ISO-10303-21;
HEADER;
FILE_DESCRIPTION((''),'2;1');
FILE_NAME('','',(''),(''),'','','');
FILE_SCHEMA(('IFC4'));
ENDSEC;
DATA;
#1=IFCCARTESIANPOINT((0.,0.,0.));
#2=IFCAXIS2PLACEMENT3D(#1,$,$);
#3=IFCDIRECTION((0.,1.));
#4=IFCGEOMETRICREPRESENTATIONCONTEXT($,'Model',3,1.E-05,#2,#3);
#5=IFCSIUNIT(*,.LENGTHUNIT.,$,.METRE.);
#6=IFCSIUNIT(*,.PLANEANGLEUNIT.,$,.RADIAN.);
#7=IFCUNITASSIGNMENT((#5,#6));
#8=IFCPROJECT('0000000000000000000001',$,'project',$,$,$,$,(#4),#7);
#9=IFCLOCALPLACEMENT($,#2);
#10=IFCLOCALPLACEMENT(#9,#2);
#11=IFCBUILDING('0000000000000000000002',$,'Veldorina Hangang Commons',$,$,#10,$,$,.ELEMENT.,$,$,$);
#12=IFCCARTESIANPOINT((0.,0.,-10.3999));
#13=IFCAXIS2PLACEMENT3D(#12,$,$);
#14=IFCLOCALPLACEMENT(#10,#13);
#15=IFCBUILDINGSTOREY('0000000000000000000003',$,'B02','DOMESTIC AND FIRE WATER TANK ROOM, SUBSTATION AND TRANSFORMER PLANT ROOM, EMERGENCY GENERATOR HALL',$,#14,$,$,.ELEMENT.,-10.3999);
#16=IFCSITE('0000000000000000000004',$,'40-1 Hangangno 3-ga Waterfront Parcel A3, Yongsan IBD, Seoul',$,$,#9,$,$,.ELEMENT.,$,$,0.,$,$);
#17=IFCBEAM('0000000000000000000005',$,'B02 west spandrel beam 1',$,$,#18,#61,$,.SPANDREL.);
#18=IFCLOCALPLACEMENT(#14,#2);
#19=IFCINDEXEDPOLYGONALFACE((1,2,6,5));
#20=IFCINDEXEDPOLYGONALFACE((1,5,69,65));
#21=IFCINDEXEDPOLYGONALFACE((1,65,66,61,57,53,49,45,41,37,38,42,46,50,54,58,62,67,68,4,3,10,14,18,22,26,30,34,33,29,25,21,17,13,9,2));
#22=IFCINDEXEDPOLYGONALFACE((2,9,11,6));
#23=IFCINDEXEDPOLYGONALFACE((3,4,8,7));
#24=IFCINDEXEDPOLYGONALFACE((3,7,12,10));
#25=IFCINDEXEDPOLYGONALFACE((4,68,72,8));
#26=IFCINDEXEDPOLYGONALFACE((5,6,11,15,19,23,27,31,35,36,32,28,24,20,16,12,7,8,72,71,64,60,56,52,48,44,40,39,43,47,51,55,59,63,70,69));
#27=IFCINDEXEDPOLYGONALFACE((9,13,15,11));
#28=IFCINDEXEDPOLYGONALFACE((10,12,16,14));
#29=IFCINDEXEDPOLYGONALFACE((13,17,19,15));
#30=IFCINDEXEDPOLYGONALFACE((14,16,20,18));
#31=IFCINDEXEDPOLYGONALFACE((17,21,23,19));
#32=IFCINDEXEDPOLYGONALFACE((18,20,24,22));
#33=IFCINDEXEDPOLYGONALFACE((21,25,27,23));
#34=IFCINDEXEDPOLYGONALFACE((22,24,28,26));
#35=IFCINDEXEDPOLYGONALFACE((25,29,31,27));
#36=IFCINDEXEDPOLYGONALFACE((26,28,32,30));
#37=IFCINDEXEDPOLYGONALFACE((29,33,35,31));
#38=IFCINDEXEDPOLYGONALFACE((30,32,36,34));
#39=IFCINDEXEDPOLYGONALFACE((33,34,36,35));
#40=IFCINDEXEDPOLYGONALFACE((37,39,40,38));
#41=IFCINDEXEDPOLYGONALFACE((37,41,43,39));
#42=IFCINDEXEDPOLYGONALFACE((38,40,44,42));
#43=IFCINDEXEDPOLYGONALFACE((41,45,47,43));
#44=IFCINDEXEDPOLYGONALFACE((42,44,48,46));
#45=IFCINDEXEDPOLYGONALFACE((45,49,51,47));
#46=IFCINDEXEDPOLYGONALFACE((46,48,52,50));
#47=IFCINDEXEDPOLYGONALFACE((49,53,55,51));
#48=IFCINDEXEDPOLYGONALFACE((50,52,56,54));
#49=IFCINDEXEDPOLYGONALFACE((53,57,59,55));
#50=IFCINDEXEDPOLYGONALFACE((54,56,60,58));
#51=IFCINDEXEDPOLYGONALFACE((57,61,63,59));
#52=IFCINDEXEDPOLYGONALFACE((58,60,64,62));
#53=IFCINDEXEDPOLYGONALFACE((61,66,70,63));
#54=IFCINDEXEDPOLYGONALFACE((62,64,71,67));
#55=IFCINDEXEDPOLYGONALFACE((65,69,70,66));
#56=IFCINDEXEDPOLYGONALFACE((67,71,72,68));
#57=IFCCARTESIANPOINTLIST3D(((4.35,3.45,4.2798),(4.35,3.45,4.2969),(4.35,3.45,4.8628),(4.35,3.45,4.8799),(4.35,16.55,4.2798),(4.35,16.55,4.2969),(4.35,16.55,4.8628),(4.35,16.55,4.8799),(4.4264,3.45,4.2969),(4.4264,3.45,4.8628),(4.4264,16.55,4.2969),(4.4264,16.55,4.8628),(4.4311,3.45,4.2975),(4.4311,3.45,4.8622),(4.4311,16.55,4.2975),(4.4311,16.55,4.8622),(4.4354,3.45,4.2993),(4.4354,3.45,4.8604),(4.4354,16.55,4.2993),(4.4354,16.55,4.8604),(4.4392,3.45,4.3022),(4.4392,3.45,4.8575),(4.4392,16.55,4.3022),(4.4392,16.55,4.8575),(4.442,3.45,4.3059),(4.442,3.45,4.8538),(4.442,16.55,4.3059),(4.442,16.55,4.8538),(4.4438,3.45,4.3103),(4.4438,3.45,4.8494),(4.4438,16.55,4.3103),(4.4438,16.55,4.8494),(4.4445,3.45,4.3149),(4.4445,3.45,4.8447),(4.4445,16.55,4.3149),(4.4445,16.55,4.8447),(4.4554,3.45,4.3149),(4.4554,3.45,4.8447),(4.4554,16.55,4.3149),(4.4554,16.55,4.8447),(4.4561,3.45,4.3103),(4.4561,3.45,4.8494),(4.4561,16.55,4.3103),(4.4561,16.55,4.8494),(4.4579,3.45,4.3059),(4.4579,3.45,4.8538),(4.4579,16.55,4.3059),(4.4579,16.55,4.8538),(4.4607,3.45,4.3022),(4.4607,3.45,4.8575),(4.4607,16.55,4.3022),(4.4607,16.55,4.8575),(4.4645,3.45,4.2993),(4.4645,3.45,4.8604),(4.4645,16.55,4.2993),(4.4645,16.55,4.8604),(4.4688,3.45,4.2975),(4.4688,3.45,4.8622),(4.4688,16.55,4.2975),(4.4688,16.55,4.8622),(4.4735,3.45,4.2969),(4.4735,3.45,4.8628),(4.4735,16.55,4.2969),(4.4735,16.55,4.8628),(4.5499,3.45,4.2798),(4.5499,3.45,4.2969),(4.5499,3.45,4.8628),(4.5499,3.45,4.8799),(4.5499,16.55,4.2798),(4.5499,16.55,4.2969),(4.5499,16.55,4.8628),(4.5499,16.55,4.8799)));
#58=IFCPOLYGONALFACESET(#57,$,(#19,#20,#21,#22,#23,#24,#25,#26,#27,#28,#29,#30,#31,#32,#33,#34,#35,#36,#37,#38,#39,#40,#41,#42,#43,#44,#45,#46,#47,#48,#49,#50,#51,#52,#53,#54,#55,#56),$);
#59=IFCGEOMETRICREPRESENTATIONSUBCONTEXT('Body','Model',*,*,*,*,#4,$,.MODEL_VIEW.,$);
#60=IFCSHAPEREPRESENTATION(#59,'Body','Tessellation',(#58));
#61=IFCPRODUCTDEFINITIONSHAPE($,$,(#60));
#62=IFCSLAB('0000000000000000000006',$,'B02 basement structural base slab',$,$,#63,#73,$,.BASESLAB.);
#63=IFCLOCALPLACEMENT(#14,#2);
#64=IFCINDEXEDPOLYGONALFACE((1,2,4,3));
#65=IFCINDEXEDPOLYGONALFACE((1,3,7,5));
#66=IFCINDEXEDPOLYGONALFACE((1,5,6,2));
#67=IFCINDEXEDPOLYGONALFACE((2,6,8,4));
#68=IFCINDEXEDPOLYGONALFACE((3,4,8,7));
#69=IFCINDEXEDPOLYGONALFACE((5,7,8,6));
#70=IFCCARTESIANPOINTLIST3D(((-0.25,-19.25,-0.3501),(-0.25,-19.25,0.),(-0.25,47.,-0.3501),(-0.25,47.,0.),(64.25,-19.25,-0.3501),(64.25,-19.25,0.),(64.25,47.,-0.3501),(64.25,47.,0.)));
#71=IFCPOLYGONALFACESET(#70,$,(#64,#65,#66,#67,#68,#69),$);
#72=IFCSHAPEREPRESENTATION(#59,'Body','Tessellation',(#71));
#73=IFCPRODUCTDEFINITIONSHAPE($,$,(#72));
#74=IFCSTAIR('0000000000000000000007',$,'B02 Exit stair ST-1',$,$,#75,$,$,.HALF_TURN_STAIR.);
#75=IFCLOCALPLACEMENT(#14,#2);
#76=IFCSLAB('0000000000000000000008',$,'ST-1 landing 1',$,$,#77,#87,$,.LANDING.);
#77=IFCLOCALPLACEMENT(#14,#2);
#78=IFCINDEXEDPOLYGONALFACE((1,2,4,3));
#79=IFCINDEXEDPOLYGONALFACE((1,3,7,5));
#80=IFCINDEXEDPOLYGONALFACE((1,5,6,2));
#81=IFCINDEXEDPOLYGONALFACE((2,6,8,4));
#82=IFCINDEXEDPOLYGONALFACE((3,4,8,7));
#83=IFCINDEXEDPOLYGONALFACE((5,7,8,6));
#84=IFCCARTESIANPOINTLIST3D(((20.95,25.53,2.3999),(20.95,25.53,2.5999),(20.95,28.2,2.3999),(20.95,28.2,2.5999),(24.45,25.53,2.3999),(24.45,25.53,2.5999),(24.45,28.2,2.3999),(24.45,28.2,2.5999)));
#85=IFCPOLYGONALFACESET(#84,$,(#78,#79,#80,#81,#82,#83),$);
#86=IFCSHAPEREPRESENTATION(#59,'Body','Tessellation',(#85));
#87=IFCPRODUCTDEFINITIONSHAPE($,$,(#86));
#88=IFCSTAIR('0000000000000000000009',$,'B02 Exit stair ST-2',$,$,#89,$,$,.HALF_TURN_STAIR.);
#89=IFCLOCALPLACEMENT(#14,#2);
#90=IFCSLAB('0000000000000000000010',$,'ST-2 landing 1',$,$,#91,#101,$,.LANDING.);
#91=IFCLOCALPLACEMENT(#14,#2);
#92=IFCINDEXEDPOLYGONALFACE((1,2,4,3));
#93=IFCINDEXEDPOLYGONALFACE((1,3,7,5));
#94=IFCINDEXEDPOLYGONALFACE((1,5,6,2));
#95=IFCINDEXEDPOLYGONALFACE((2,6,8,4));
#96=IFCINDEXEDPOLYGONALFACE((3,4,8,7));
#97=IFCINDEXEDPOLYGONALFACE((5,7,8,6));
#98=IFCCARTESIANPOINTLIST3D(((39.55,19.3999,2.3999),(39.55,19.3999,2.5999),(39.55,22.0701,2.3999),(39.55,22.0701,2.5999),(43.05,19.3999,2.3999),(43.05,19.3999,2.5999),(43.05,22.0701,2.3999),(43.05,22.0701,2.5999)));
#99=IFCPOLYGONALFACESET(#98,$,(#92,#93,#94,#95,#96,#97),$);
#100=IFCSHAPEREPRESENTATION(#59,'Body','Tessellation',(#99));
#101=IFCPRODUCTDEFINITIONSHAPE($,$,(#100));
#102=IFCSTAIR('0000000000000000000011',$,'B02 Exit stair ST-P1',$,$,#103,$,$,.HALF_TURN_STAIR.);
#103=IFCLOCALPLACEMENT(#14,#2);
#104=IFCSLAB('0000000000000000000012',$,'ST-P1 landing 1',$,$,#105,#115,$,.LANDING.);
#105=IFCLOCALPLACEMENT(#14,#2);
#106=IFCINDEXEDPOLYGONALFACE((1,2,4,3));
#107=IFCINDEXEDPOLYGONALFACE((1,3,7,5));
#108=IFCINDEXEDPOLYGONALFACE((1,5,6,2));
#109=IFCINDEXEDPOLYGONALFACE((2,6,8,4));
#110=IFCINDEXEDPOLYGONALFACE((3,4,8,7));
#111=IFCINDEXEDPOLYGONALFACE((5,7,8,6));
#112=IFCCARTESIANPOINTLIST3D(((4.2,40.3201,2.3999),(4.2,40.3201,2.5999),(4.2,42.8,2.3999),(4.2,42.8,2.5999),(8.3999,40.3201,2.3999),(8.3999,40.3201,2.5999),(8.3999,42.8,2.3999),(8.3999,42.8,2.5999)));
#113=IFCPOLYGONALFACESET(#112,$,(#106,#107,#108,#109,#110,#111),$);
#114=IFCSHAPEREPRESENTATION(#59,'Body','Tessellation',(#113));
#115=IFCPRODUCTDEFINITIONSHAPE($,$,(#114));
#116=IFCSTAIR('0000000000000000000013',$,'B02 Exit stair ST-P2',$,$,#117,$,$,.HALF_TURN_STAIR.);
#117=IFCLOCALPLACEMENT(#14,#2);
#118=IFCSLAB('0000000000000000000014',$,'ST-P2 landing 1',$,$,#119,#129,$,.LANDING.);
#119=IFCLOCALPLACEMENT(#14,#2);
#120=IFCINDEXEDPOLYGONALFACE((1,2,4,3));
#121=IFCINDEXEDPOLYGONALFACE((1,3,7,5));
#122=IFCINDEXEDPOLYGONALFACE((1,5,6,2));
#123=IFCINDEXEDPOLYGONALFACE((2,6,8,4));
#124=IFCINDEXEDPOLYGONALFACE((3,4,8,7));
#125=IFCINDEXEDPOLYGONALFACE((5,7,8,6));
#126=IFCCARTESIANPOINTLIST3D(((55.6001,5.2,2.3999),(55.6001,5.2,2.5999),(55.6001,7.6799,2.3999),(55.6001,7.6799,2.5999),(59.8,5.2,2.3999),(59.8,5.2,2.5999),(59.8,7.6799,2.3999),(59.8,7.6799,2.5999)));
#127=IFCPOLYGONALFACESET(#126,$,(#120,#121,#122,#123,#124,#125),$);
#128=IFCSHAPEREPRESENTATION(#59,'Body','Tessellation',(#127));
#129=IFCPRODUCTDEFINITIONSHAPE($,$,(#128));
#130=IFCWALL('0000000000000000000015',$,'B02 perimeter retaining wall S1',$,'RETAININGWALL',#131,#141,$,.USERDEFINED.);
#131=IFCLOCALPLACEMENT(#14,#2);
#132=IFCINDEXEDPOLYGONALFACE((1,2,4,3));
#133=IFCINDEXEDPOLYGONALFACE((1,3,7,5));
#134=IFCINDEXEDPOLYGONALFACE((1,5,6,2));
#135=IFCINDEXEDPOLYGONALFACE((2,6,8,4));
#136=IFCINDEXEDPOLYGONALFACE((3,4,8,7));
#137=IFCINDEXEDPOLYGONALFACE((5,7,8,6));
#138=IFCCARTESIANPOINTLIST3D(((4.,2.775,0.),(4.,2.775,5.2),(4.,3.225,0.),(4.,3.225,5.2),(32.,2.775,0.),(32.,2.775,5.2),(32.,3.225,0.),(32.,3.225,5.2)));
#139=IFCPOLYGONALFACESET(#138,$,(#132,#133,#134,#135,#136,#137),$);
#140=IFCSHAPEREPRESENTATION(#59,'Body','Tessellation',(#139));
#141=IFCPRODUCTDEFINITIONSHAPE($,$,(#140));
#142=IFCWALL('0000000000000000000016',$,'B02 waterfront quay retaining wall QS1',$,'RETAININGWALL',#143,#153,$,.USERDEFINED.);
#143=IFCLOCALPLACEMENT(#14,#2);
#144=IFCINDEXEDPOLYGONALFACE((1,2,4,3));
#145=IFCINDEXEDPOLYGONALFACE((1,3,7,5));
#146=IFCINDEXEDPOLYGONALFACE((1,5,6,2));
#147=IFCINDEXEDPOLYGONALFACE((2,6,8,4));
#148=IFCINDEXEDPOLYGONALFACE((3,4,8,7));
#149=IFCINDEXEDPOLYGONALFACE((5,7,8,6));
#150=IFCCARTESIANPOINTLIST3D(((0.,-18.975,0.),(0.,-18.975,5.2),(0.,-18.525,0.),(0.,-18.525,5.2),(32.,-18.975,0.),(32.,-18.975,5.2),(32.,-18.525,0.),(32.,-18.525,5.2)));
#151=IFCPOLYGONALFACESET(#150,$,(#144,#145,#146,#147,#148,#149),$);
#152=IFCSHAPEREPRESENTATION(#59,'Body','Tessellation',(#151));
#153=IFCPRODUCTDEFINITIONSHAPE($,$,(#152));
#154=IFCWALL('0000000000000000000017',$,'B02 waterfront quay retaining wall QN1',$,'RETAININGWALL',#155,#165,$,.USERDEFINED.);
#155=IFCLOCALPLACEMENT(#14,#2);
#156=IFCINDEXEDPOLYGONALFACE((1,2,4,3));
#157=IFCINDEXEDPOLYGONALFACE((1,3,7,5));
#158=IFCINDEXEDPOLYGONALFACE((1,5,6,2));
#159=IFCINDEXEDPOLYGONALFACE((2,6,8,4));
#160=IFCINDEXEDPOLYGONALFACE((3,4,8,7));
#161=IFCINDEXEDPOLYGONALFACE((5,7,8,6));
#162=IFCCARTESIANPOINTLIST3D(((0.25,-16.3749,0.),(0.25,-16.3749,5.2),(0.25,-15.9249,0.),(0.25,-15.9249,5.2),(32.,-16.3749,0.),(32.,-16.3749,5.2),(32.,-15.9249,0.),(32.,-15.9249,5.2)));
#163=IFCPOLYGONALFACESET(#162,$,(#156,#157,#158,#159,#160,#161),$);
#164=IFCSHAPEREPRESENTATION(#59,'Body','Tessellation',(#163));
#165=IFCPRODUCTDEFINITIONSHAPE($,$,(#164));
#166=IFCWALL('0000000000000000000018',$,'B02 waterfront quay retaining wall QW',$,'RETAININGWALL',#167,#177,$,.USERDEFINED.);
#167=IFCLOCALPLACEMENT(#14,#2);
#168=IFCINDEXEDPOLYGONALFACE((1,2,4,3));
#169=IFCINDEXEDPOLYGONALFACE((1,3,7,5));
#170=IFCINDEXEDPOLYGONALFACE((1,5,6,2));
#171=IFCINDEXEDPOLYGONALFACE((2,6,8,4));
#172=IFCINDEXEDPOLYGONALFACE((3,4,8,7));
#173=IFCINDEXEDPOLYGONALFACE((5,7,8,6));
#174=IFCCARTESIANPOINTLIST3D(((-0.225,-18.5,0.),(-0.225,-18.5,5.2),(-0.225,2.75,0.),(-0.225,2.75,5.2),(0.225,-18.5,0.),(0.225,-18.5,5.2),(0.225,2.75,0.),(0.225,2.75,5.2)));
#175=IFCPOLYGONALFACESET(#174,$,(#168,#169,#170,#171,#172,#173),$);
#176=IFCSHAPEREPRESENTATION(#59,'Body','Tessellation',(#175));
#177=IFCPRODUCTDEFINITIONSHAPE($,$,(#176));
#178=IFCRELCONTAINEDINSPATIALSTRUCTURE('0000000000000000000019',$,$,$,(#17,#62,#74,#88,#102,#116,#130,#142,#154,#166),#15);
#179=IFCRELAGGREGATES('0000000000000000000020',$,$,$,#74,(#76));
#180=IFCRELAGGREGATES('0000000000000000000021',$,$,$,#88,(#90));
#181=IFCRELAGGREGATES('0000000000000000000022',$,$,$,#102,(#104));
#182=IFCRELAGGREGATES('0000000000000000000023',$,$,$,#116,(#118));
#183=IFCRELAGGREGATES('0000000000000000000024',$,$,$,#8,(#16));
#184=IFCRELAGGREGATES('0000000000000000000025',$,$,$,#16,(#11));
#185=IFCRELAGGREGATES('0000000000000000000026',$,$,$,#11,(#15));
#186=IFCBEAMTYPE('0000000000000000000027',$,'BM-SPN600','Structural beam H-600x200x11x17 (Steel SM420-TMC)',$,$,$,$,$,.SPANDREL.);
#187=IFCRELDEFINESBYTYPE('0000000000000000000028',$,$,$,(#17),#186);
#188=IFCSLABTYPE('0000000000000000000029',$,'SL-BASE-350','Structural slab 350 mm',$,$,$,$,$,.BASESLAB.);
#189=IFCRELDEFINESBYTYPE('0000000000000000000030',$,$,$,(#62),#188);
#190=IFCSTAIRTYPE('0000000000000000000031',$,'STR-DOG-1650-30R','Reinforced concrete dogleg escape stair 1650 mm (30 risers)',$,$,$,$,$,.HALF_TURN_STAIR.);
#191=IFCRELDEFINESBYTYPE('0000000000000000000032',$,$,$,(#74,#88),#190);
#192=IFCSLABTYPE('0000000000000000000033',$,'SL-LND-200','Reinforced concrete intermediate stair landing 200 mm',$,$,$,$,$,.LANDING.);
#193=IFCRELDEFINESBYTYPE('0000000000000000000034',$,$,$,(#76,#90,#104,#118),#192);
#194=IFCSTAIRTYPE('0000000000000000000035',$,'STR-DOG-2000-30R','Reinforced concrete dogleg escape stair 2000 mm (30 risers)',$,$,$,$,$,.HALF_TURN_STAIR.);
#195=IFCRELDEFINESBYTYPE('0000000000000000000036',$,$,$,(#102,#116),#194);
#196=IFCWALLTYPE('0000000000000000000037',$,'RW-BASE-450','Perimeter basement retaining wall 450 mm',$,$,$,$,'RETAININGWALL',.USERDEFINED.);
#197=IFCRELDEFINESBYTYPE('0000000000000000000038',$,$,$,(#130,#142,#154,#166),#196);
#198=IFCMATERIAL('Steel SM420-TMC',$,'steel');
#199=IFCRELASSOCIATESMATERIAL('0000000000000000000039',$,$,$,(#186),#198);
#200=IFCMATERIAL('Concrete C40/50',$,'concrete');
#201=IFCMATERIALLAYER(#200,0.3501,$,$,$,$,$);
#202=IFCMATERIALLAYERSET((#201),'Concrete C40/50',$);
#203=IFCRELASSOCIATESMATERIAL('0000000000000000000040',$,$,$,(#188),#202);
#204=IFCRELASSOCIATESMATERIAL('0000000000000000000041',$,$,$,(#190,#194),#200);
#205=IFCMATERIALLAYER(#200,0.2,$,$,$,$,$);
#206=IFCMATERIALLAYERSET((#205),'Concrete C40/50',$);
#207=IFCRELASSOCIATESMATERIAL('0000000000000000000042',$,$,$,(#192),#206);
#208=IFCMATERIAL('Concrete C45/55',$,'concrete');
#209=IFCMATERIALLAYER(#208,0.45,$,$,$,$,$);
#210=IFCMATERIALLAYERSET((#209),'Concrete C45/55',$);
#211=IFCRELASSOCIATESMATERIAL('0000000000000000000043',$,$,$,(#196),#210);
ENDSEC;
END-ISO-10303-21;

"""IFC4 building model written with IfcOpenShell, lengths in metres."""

from ifc_helpers import new_model, si_unit, direction, frame, frame_2d, origin, origin_2d, place, context, subcontext, project, spatial, polyline, rectangle, i_section, outline, extrude, material, layer, layer_set, material_profile, profile_set, type_object, element, aggregate, save


model = new_model("IFC4")

# Units and contexts
model_context = context("Model", 3, precision=1e-05, world=origin(), true_north=direction((0.0, 1.0)))
body_context = subcontext(model_context, "Body", "Model", "MODEL_VIEW")
ifc_project = project(units=[si_unit("LENGTHUNIT", "METRE"), si_unit("PLANEANGLEUNIT", "RADIAN")], contexts=[model_context])

# Site, building, storey
site_placement = place(None, origin())
site = spatial("IfcSite", under=ifc_project, at=site_placement, Name="40-1 Hangangno 3-ga Waterfront Parcel A3, Yongsan IBD, Seoul", CompositionType="ELEMENT", RefElevation=0.0)
building_placement = place(site_placement, origin())
building = spatial("IfcBuilding", under=site, at=building_placement, Name="Veldorina Hangang Commons", CompositionType="ELEMENT")
storey_placement = place(building_placement, frame((0.0, 0.0, -10.3999)))
storey = spatial("IfcBuildingStorey", under=building, at=storey_placement, Name="B02", Description="DOMESTIC AND FIRE WATER TANK ROOM, SUBSTATION AND TRANSFORMER PLANT ROOM, EMERGENCY GENERATOR HALL", CompositionType="ELEMENT", Elevation=-10.3999)

# Shared definitions
ifc_material_1 = material(Name="Concrete C45/55", Category="concrete")

# Beam
ifc_material_2 = material(Name="Steel SM420-TMC", Category="steel")
ifc_material_profile_1 = material_profile(ifc_material_2, i_section(OverallWidth=0.2, OverallDepth=0.6001, WebThickness=0.011, FlangeThickness=0.0171, FilletRadius=0.0181, at=origin_2d()), Name="H-600x200x11x17")
ifc_profile_set_1 = profile_set([ifc_material_profile_1], Name="Steel SM420-TMC")
beam_type = type_object("IfcBeamType", Name="BM-SPN600", Description="Structural beam H-600x200x11x17 (Steel SM420-TMC)", PredefinedType="SPANDREL", material=ifc_profile_set_1)
beam_1_placement = place(storey_placement, frame((4.45, 3.45, 4.5798), z_axis=(0.0, 1.0, 0.0), x_axis=(-1.0, 0.0, 0.0)))
element("IfcBeam", 1, at=beam_1_placement, inside=storey, type_object=beam_type, Name="B02 west spandrel beam 1", PredefinedType="SPANDREL", context=body_context, shape_type="SweptSolid", body=[
    extrude(i_section(OverallWidth=0.2, OverallDepth=0.6001, WebThickness=0.011, FlangeThickness=0.0171, FilletRadius=0.0181, at=origin_2d()), origin(), (0.0, 0.0, 1.0), 13.1001),
])

# Slab
ifc_material_3 = material(Name="Concrete C40/50", Category="concrete")
ifc_layer_1 = layer(ifc_material_3, 0.3501)
ifc_layer_set_1 = layer_set([ifc_layer_1], Name="Concrete C40/50")
slab_type_1 = type_object("IfcSlabType", Name="SL-BASE-350", Description="Structural slab 350 mm", PredefinedType="BASESLAB", material=ifc_layer_set_1)
slab_1_placement = place(storey_placement, frame((0.0, 0.0, -0.3501)))
element("IfcSlab", 2, at=slab_1_placement, inside=storey, type_object=slab_type_1, Name="B02 basement structural base slab", PredefinedType="BASESLAB", context=body_context, shape_type="SweptSolid", body=[
    extrude(outline(polyline([(-0.25, -19.25), (64.25, -19.25), (64.25, 47.0), (-0.25, 47.0), (-0.25, -19.25)])), origin(), (0.0, 0.0, 1.0), 0.3501),
])

# Stairs, slabs
stair_type_1 = type_object("IfcStairType", Name="STR-DOG-1650-30R", Description="Reinforced concrete dogleg escape stair 1650 mm (30 risers)", PredefinedType="HALF_TURN_STAIR", material=ifc_material_3)
stair_1_placement = place(storey_placement, origin())
stair_1 = element("IfcStair", 3, at=stair_1_placement, inside=storey, type_object=stair_type_1, Name="B02 Exit stair ST-1", PredefinedType="HALF_TURN_STAIR")
ifc_layer_2 = layer(ifc_material_3, 0.2)
ifc_layer_set_2 = layer_set([ifc_layer_2], Name="Concrete C40/50")
slab_type_2 = type_object("IfcSlabType", Name="SL-LND-200", Description="Reinforced concrete intermediate stair landing 200 mm", PredefinedType="LANDING", material=ifc_layer_set_2)
slab_2_placement = place(storey_placement, frame((0.0, 0.0, 2.3999)))
slab_2 = element("IfcSlab", 4, at=slab_2_placement, type_object=slab_type_2, Name="ST-1 landing 1", PredefinedType="LANDING", context=body_context, shape_type="SweptSolid", body=[
    extrude(outline(polyline([(24.45, 25.53), (24.45, 28.2), (20.95, 28.2), (20.95, 25.53), (24.45, 25.53)])), origin(), (0.0, 0.0, 1.0), 0.2),
])
aggregate(stair_1, [slab_2])
stair_2_placement = place(storey_placement, origin())
stair_2 = element("IfcStair", 5, at=stair_2_placement, inside=storey, type_object=stair_type_1, Name="B02 Exit stair ST-2", PredefinedType="HALF_TURN_STAIR")
slab_3_placement = place(storey_placement, frame((0.0, 0.0, 2.3999)))
slab_3 = element("IfcSlab", 6, at=slab_3_placement, type_object=slab_type_2, Name="ST-2 landing 1", PredefinedType="LANDING", context=body_context, shape_type="SweptSolid", body=[
    extrude(outline(polyline([(39.55, 22.0701), (39.55, 19.3999), (43.05, 19.3999), (43.05, 22.0701), (39.55, 22.0701)])), origin(), (0.0, 0.0, 1.0), 0.2),
])
aggregate(stair_2, [slab_3])
stair_type_2 = type_object("IfcStairType", Name="STR-DOG-2000-30R", Description="Reinforced concrete dogleg escape stair 2000 mm (30 risers)", PredefinedType="HALF_TURN_STAIR", material=ifc_material_3)
stair_3_placement = place(storey_placement, origin())
stair_3 = element("IfcStair", 7, at=stair_3_placement, inside=storey, type_object=stair_type_2, Name="B02 Exit stair ST-P1", PredefinedType="HALF_TURN_STAIR")
slab_4_placement = place(storey_placement, frame((0.0, 0.0, 2.3999)))
slab_4 = element("IfcSlab", 8, at=slab_4_placement, type_object=slab_type_2, Name="ST-P1 landing 1", PredefinedType="LANDING", context=body_context, shape_type="SweptSolid", body=[
    extrude(outline(polyline([(8.3999, 40.3201), (8.3999, 42.8), (4.2, 42.8), (4.2, 40.3201), (8.3999, 40.3201)])), origin(), (0.0, 0.0, 1.0), 0.2),
])
aggregate(stair_3, [slab_4])
stair_4_placement = place(storey_placement, origin())
stair_4 = element("IfcStair", 9, at=stair_4_placement, inside=storey, type_object=stair_type_2, Name="B02 Exit stair ST-P2", PredefinedType="HALF_TURN_STAIR")
slab_5_placement = place(storey_placement, frame((0.0, 0.0, 2.3999)))
slab_5 = element("IfcSlab", 10, at=slab_5_placement, type_object=slab_type_2, Name="ST-P2 landing 1", PredefinedType="LANDING", context=body_context, shape_type="SweptSolid", body=[
    extrude(outline(polyline([(55.6001, 7.6799), (55.6001, 5.2), (59.8, 5.2), (59.8, 7.6799), (55.6001, 7.6799)])), origin(), (0.0, 0.0, 1.0), 0.2),
])
aggregate(stair_4, [slab_5])

# Walls
ifc_layer_3 = layer(ifc_material_1, 0.45)
ifc_layer_set_3 = layer_set([ifc_layer_3], Name="Concrete C45/55")
wall_type = type_object("IfcWallType", Name="RW-BASE-450", Description="Perimeter basement retaining wall 450 mm", ElementType="RETAININGWALL", PredefinedType="USERDEFINED", material=ifc_layer_set_3)
wall_1_placement = place(storey_placement, frame((4.0, 3.0, 0.0), z_axis=(0.0, 0.0, 1.0), x_axis=(1.0, 0.0, 0.0)))
element("IfcWall", 11, at=wall_1_placement, inside=storey, type_object=wall_type, Name="B02 perimeter retaining wall S1", ObjectType="RETAININGWALL", PredefinedType="USERDEFINED", context=body_context, shape_type="SweptSolid", body=[
    extrude(rectangle(XDim=28.0, YDim=0.45, at=frame_2d((14.0, 0.0))), origin(), (0.0, 0.0, 1.0), 5.2),
])
wall_2_placement = place(storey_placement, frame((0.0, -18.75, 0.0), z_axis=(0.0, 0.0, 1.0), x_axis=(1.0, 0.0, 0.0)))
element("IfcWall", 12, at=wall_2_placement, inside=storey, type_object=wall_type, Name="B02 waterfront quay retaining wall QS1", ObjectType="RETAININGWALL", PredefinedType="USERDEFINED", context=body_context, shape_type="SweptSolid", body=[
    extrude(rectangle(XDim=32.0, YDim=0.45, at=frame_2d((16.0, 0.0))), origin(), (0.0, 0.0, 1.0), 5.2),
])
wall_3_placement = place(storey_placement, frame((0.25, -16.1499, 0.0), z_axis=(0.0, 0.0, 1.0), x_axis=(1.0, 0.0, 0.0)))
element("IfcWall", 13, at=wall_3_placement, inside=storey, type_object=wall_type, Name="B02 waterfront quay retaining wall QN1", ObjectType="RETAININGWALL", PredefinedType="USERDEFINED", context=body_context, shape_type="SweptSolid", body=[
    extrude(rectangle(XDim=31.75, YDim=0.45, at=frame_2d((15.875, 0.0))), origin(), (0.0, 0.0, 1.0), 5.2),
])
wall_4_placement = place(storey_placement, frame((0.0, -18.5, 0.0), z_axis=(0.0, 0.0, 1.0), x_axis=(0.0, 1.0, 0.0)))
element("IfcWall", 14, at=wall_4_placement, inside=storey, type_object=wall_type, Name="B02 waterfront quay retaining wall QW", ObjectType="RETAININGWALL", PredefinedType="USERDEFINED", context=body_context, shape_type="SweptSolid", body=[
    extrude(rectangle(XDim=21.25, YDim=0.45, at=frame_2d((10.625, 0.0))), origin(), (0.0, 0.0, 1.0), 5.2),
])

save(model, "model.ifc")
